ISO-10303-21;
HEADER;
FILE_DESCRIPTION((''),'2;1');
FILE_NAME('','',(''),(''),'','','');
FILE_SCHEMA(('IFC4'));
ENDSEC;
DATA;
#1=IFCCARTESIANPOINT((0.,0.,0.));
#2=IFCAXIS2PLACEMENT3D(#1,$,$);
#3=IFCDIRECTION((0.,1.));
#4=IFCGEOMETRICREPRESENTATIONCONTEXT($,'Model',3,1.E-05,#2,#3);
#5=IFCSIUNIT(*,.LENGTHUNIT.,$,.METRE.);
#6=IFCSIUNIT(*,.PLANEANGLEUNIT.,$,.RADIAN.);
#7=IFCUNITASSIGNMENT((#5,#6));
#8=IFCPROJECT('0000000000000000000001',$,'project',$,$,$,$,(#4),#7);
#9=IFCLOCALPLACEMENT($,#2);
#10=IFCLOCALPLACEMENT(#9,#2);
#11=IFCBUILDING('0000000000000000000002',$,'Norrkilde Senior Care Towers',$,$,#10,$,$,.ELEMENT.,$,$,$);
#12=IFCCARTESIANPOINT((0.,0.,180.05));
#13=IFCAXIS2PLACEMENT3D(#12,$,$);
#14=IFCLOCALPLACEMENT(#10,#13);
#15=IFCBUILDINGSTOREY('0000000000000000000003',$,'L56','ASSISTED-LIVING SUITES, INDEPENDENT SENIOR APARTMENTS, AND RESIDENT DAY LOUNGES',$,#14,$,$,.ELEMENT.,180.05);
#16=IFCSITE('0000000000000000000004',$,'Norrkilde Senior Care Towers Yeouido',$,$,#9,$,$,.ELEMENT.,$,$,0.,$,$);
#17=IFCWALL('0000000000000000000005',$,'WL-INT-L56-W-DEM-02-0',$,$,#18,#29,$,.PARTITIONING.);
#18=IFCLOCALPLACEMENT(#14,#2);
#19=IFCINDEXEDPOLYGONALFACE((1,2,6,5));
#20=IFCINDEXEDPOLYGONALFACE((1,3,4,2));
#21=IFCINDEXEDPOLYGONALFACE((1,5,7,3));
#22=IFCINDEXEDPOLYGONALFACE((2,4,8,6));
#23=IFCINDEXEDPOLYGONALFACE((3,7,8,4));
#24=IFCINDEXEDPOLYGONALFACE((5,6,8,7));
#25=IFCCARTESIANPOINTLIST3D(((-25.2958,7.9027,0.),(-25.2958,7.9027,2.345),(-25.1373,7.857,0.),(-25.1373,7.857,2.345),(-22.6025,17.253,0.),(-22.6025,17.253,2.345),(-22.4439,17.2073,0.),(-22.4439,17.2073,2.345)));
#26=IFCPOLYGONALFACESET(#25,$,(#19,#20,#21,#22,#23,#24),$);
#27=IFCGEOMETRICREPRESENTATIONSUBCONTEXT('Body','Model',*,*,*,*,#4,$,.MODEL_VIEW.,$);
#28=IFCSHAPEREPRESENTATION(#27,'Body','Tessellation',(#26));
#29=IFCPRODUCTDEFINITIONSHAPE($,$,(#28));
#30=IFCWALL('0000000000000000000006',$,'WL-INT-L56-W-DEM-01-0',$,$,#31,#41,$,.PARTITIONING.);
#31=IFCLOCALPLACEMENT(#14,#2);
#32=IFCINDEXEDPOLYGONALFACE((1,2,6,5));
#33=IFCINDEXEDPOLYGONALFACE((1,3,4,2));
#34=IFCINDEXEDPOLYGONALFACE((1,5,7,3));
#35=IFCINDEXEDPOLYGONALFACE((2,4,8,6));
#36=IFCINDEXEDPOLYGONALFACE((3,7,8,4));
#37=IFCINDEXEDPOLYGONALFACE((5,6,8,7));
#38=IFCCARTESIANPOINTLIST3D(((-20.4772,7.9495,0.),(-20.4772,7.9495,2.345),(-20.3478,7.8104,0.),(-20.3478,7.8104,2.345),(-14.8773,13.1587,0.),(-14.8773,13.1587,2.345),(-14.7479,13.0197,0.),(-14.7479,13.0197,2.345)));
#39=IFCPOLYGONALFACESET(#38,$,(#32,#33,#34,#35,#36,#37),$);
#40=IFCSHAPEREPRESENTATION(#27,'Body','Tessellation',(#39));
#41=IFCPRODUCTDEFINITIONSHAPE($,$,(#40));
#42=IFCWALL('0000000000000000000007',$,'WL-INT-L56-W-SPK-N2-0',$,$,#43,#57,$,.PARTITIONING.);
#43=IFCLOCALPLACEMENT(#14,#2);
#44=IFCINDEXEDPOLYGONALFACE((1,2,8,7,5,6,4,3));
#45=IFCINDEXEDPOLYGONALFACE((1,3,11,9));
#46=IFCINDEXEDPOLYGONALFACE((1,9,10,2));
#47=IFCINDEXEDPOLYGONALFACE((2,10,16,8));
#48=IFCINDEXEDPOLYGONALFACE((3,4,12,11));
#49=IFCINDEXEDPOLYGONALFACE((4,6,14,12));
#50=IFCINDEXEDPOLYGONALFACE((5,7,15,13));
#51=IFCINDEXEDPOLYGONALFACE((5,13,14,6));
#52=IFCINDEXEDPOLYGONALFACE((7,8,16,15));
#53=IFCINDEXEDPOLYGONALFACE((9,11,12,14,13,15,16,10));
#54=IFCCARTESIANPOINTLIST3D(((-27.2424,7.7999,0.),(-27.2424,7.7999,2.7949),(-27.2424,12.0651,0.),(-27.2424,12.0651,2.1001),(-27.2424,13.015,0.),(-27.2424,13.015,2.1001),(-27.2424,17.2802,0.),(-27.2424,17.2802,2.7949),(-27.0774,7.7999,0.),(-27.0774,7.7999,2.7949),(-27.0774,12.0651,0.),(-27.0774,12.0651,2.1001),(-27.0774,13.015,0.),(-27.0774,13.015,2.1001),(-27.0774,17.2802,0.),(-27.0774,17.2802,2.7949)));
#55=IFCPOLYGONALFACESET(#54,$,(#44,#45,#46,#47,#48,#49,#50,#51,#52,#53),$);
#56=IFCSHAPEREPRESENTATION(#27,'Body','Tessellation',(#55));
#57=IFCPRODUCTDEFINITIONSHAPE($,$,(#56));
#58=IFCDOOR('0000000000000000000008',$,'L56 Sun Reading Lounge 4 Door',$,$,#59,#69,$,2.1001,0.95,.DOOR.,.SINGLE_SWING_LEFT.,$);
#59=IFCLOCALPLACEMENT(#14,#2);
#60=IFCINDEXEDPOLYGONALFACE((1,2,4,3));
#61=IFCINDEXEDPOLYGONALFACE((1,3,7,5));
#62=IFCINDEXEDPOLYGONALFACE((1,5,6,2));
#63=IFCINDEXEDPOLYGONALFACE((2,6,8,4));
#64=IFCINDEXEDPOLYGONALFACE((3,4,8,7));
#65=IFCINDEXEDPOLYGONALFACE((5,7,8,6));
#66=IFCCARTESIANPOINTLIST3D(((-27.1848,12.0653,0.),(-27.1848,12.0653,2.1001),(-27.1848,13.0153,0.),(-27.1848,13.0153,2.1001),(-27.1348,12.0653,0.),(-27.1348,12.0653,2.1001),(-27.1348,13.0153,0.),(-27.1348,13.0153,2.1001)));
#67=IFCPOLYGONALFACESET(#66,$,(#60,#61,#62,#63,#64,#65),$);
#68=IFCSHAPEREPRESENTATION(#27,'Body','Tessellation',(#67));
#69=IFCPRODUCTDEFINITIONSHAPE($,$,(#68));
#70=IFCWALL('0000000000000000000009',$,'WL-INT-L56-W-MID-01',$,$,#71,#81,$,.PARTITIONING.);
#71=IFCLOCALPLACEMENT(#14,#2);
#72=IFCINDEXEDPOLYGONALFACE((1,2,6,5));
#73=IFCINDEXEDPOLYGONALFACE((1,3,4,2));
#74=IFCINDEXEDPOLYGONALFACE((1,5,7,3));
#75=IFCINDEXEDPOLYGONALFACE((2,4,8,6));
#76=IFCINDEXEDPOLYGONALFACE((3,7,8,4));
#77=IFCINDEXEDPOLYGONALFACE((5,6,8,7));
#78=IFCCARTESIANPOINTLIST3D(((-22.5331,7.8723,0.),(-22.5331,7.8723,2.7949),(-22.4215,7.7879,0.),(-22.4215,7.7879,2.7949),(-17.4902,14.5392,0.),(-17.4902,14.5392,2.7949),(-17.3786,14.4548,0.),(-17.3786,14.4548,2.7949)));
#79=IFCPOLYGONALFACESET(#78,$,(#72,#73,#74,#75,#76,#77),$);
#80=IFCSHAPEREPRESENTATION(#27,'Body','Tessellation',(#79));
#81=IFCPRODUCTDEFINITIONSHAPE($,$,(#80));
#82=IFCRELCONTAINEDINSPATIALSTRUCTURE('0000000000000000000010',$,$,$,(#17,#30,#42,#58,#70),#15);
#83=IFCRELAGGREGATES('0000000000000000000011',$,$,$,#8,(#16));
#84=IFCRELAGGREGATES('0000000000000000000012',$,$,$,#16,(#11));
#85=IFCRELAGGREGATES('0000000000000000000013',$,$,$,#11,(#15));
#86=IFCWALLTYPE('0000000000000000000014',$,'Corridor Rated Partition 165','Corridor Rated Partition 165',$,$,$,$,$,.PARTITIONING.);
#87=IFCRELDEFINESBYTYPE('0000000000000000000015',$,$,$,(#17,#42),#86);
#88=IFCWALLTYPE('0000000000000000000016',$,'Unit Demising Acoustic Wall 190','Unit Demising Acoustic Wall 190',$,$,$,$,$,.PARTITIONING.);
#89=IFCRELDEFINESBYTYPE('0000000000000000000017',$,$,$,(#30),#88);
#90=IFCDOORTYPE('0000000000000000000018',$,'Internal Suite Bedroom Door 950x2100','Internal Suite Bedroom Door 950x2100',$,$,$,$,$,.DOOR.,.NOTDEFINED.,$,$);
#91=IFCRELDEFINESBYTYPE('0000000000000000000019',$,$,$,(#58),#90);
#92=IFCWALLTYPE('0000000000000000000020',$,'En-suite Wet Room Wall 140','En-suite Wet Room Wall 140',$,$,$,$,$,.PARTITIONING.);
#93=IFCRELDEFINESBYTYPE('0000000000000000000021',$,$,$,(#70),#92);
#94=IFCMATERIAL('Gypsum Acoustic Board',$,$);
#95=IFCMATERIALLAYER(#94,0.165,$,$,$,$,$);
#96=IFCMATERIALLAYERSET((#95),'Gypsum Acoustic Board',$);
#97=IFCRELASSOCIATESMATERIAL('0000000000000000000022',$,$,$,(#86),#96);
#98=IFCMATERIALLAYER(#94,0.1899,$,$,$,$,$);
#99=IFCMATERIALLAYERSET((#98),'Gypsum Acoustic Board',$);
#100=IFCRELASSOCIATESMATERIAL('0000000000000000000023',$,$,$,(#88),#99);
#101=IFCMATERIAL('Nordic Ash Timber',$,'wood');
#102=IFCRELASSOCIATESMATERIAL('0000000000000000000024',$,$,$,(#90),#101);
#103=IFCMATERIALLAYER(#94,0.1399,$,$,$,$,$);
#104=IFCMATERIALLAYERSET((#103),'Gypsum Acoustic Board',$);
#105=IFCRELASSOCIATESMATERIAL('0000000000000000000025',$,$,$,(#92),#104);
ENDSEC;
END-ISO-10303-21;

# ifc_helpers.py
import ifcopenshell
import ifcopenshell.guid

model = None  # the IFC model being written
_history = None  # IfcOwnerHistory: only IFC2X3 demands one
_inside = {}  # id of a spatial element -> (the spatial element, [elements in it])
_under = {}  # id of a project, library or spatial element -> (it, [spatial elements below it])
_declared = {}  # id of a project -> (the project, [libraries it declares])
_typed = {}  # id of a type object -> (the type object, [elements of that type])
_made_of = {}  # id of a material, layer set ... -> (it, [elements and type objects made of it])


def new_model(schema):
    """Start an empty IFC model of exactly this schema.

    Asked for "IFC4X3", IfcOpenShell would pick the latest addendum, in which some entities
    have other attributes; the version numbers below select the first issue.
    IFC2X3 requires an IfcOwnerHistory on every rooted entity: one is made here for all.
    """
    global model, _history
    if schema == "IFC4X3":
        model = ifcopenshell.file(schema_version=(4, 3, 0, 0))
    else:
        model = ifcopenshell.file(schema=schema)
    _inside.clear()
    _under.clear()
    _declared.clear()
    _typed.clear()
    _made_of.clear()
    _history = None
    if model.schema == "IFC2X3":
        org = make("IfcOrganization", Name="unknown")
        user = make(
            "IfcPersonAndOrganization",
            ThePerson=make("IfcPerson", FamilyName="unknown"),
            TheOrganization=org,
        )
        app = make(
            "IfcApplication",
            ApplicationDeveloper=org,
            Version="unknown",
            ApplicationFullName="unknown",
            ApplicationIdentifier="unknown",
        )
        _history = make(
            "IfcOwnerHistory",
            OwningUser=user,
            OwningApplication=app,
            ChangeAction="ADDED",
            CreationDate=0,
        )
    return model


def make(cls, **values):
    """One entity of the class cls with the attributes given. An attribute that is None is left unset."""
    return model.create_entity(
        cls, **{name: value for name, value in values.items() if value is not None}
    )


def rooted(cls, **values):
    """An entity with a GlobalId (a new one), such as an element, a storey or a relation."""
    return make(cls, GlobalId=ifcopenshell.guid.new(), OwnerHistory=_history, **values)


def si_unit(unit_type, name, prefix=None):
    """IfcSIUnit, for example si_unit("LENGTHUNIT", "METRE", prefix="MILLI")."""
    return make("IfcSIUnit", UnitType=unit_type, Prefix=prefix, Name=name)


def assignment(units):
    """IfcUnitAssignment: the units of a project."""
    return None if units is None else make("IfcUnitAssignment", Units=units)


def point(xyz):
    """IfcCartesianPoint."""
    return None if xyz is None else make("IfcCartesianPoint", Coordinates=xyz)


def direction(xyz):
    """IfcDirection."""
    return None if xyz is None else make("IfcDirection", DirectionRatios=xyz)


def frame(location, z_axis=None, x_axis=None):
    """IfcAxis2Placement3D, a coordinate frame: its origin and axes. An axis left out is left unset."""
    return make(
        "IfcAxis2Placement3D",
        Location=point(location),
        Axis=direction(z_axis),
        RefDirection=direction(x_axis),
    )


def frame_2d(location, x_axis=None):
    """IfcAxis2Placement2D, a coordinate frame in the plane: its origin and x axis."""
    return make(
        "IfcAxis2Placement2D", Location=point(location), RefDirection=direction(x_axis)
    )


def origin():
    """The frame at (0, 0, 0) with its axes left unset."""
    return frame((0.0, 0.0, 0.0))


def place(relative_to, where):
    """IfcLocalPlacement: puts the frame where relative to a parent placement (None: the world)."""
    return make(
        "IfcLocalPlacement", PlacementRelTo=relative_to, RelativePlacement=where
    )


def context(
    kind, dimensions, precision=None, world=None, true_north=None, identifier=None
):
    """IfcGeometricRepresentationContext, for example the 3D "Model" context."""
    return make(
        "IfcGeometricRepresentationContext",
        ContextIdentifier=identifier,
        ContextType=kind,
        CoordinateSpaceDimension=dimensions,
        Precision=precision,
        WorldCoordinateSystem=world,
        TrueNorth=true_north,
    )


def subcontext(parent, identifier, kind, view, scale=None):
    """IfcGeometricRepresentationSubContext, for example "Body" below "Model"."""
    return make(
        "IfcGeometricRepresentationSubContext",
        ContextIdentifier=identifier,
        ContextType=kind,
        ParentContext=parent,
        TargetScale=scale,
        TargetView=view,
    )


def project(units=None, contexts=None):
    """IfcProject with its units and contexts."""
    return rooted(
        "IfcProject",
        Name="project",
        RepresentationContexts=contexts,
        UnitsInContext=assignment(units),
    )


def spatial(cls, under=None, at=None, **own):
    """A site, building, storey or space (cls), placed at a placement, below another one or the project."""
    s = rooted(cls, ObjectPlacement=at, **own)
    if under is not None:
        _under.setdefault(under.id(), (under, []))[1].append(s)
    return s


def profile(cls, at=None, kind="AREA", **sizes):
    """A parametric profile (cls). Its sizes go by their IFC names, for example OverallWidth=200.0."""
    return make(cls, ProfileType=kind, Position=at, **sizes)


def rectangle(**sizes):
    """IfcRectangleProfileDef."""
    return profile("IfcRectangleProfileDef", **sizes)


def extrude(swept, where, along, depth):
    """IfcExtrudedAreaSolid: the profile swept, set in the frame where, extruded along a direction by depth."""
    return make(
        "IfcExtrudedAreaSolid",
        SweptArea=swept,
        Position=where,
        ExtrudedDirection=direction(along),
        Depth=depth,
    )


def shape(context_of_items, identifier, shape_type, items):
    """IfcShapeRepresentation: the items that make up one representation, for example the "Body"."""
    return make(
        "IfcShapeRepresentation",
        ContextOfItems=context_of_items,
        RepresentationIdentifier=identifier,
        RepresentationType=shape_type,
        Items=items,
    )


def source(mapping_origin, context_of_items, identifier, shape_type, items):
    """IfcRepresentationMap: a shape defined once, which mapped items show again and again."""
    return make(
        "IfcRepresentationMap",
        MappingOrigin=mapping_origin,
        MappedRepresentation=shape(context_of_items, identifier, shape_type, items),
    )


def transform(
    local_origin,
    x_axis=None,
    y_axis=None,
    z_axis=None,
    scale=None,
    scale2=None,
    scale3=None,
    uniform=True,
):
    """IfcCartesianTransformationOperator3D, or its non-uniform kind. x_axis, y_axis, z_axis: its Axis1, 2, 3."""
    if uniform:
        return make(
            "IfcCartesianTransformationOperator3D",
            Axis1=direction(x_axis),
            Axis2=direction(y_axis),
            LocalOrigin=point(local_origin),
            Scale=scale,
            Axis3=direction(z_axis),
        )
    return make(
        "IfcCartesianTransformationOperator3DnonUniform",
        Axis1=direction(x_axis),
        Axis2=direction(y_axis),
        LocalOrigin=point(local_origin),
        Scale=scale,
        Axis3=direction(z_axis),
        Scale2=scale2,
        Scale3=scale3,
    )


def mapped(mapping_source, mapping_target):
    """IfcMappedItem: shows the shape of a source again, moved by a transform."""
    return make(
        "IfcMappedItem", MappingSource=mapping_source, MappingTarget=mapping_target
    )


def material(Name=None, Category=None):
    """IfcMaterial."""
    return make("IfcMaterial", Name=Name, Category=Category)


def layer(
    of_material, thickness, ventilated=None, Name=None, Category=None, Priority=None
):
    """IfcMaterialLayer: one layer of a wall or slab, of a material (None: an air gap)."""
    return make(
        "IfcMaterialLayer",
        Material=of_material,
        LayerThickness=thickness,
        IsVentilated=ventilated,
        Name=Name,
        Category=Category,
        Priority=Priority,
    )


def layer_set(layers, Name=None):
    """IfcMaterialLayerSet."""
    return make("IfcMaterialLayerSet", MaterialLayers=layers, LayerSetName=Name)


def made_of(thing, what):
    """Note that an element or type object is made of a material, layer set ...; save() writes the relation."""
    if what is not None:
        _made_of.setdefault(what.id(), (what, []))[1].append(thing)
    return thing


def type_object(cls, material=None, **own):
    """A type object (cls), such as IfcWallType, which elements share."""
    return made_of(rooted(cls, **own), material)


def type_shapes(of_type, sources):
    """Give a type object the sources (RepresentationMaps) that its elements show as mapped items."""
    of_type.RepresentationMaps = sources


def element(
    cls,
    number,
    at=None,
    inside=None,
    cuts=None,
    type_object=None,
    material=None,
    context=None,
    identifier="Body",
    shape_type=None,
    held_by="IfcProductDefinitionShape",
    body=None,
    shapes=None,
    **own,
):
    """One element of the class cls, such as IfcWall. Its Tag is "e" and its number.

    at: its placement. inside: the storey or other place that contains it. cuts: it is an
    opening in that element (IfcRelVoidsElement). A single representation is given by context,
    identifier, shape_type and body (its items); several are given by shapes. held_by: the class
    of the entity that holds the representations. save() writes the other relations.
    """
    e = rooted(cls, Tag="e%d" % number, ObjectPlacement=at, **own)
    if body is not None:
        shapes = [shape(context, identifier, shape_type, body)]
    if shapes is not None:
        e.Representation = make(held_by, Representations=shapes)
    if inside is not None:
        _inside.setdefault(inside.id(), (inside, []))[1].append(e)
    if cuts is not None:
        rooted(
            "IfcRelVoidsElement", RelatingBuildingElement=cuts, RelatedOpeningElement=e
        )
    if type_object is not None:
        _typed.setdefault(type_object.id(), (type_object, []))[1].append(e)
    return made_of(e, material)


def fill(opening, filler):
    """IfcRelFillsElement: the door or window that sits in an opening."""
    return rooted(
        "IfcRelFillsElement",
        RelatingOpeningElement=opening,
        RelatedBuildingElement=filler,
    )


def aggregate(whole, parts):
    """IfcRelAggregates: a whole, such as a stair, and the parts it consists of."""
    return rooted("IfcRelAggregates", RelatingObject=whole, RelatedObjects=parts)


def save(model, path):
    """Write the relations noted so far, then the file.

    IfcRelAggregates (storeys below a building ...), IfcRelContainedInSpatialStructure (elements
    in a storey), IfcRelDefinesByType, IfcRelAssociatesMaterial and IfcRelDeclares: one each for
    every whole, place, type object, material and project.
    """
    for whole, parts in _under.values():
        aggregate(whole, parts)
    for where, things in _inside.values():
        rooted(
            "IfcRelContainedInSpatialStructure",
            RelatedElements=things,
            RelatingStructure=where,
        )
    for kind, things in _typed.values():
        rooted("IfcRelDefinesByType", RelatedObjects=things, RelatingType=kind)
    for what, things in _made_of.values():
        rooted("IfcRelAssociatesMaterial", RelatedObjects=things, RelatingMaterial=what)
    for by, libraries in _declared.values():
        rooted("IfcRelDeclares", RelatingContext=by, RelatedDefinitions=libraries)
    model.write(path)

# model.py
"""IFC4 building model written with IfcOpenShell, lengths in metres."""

from ifc_helpers import new_model, si_unit, direction, frame, frame_2d, origin, place, context, subcontext, project, spatial, rectangle, extrude, source, transform, mapped, material, layer, layer_set, type_object, type_shapes, element, fill, save


model = new_model("IFC4")

# Units and contexts
model_context = context("Model", 3, precision=1e-05, world=origin(), true_north=direction((0.0, 1.0)))
body_context = subcontext(model_context, "Body", "Model", "MODEL_VIEW")
ifc_project = project(units=[si_unit("LENGTHUNIT", "METRE"), si_unit("PLANEANGLEUNIT", "RADIAN")], contexts=[model_context])

# Site, building, storey
site_placement = place(None, origin())
site = spatial("IfcSite", under=ifc_project, at=site_placement, Name="Norrkilde Senior Care Towers Yeouido", CompositionType="ELEMENT", RefElevation=0.0)
building_placement = place(site_placement, origin())
building = spatial("IfcBuilding", under=site, at=building_placement, Name="Norrkilde Senior Care Towers", CompositionType="ELEMENT")
storey_placement = place(building_placement, frame((0.0, 0.0, 180.05)))
storey = spatial("IfcBuildingStorey", under=building, at=storey_placement, Name="L56", Description="ASSISTED-LIVING SUITES, INDEPENDENT SENIOR APARTMENTS, AND RESIDENT DAY LOUNGES", CompositionType="ELEMENT", Elevation=180.05)

# Walls
ifc_material_1 = material(Name="Gypsum Acoustic Board")
ifc_layer_1 = layer(ifc_material_1, 0.165)
ifc_layer_set_1 = layer_set([ifc_layer_1], Name="Gypsum Acoustic Board")
wall_type_1 = type_object("IfcWallType", Name="Corridor Rated Partition 165", Description="Corridor Rated Partition 165", PredefinedType="PARTITIONING", material=ifc_layer_set_1)
shared_shape_1 = source(origin(), body_context, "Body", "SweptSolid", [
    extrude(rectangle(XDim=9.7305, YDim=0.165, at=frame_2d((4.8652, 0.0))), origin(), (0.0, 0.0, 1.0), 2.345),
])
wall_1_placement = place(storey_placement, frame((-25.2166, 7.8799, 0.0), z_axis=(0.0, 0.0, 1.0), x_axis=(0.276795, 0.960929, 0.0)))
element("IfcWall", 1, at=wall_1_placement, inside=storey, type_object=wall_type_1, Name="WL-INT-L56-W-DEM-02-0", PredefinedType="PARTITIONING", context=body_context, shape_type="MappedRepresentation", body=[
    mapped(shared_shape_1, transform((0.0, 0.0, 0.0), x_axis=(1.0, 0.0, 0.0), y_axis=(0.0, 1.0, 0.0), z_axis=(0.0, 0.0, 1.0), scale=1.0)),
])
ifc_layer_2 = layer(ifc_material_1, 0.1899)
ifc_layer_set_2 = layer_set([ifc_layer_2], Name="Gypsum Acoustic Board")
wall_type_2 = type_object("IfcWallType", Name="Unit Demising Acoustic Wall 190", Description="Unit Demising Acoustic Wall 190", PredefinedType="PARTITIONING", material=ifc_layer_set_2)
shared_shape_2 = source(origin(), body_context, "Body", "SweptSolid", [
    extrude(rectangle(XDim=7.6482, YDim=0.1899, at=frame_2d((3.8242, 0.0))), origin(), (0.0, 0.0, 1.0), 2.345),
])
type_shapes(wall_type_2, [shared_shape_2])
wall_2_placement = place(storey_placement, frame((-20.4126, 7.8799, 0.0), z_axis=(0.0, 0.0, 1.0), x_axis=(0.732183, 0.681108, 0.0)))
element("IfcWall", 2, at=wall_2_placement, inside=storey, type_object=wall_type_2, Name="WL-INT-L56-W-DEM-01-0", PredefinedType="PARTITIONING", context=body_context, shape_type="MappedRepresentation", body=[
    mapped(shared_shape_2, transform((0.0, 0.0, 0.0), x_axis=(1.0, 0.0, 0.0), y_axis=(0.0, 1.0, 0.0), z_axis=(0.0, 0.0, 1.0), scale=1.0)),
])

# Wall, opening, door
shared_shape_3 = source(origin(), body_context, "Body", "SweptSolid", [
    extrude(rectangle(XDim=9.4802, YDim=0.165, at=frame_2d((4.7402, 0.0))), origin(), (0.0, 0.0, 1.0), 2.7949),
])
type_shapes(wall_type_1, [shared_shape_1, shared_shape_3])
wall_3_placement = place(storey_placement, frame((-27.1599, 17.2803, 0.0), z_axis=(0.0, 0.0, 1.0), x_axis=(0.0, -1.0, 0.0)))
wall_3 = element("IfcWall", 3, at=wall_3_placement, inside=storey, type_object=wall_type_1, Name="WL-INT-L56-W-SPK-N2-0", PredefinedType="PARTITIONING", context=body_context, shape_type="MappedRepresentation", body=[
    mapped(shared_shape_3, transform((0.0, 0.0, 0.0), x_axis=(1.0, 0.0, 0.0), y_axis=(0.0, 1.0, 0.0), z_axis=(0.0, 0.0, 1.0), scale=1.0)),
])
opening_placement = place(wall_3_placement, frame((4.2651, 0.0, 0.0)))
opening = element("IfcOpeningElement", 4, at=opening_placement, cuts=wall_3, PredefinedType="OPENING", context=body_context, shape_type="SweptSolid", body=[
    extrude(rectangle(XDim=0.95, YDim=2.1001, at=frame_2d((0.4751, 1.05))), frame((0.0, 0.0925, 0.0), z_axis=(0.0, -1.0, 0.0), x_axis=(1.0, 0.0, 0.0)), (0.0, 0.0, 1.0), 0.1851),
])
ifc_material_2 = material(Name="Nordic Ash Timber", Category="wood")
door_type = type_object("IfcDoorType", Name="Internal Suite Bedroom Door 950x2100", Description="Internal Suite Bedroom Door 950x2100", OperationType="NOTDEFINED", PredefinedType="DOOR", material=ifc_material_2)
shared_shape_4 = source(origin(), body_context, "Body", "SweptSolid", [
    extrude(rectangle(XDim=0.95, YDim=2.1001, at=frame_2d((0.4751, 1.05))), frame((0.0, 0.0249, 0.0), z_axis=(0.0, -1.0, 0.0), x_axis=(1.0, 0.0, 0.0)), (0.0, 0.0, 1.0), 0.05),
])
type_shapes(door_type, [shared_shape_4])
door_placement = place(opening_placement, frame((0.95, 0.0, 0.0), z_axis=(0.0, 0.0, 1.0), x_axis=(-1.0, 0.0, 0.0)))
door = element("IfcDoor", 5, at=door_placement, inside=storey, type_object=door_type, Name="L56 Sun Reading Lounge 4 Door", OperationType="SINGLE_SWING_LEFT", OverallHeight=2.1001, OverallWidth=0.95, PredefinedType="DOOR", context=body_context, shape_type="MappedRepresentation", body=[
    mapped(shared_shape_4, transform((0.0, 0.0, 0.0), x_axis=(1.0, 0.0, 0.0), y_axis=(0.0, 1.0, 0.0), z_axis=(0.0, 0.0, 1.0), scale=1.0)),
])
fill(opening, door)

# Wall
ifc_layer_3 = layer(ifc_material_1, 0.1399)
ifc_layer_set_3 = layer_set([ifc_layer_3], Name="Gypsum Acoustic Board")
wall_type_3 = type_object("IfcWallType", Name="En-suite Wet Room Wall 140", Description="En-suite Wet Room Wall 140", PredefinedType="PARTITIONING", material=ifc_layer_set_3)
shared_shape_5 = source(origin(), body_context, "Body", "SweptSolid", [
    extrude(rectangle(XDim=8.3594, YDim=0.1399, at=frame_2d((4.1797, 0.0))), origin(), (0.0, 0.0, 1.0), 2.7949),
])
type_shapes(wall_type_3, [shared_shape_5])
wall_4_placement = place(storey_placement, frame((-22.4773, 7.8301, 0.0), z_axis=(0.0, 0.0, 1.0), x_axis=(0.603266, 0.79754, 0.0)))
element("IfcWall", 6, at=wall_4_placement, inside=storey, type_object=wall_type_3, Name="WL-INT-L56-W-MID-01", PredefinedType="PARTITIONING", context=body_context, shape_type="MappedRepresentation", body=[
    mapped(shared_shape_5, transform((0.0, 0.0, 0.0), x_axis=(1.0, 0.0, 0.0), y_axis=(0.0, 1.0, 0.0), z_axis=(0.0, 0.0, 1.0), scale=1.0)),
])

save(model, "model.ifc")
